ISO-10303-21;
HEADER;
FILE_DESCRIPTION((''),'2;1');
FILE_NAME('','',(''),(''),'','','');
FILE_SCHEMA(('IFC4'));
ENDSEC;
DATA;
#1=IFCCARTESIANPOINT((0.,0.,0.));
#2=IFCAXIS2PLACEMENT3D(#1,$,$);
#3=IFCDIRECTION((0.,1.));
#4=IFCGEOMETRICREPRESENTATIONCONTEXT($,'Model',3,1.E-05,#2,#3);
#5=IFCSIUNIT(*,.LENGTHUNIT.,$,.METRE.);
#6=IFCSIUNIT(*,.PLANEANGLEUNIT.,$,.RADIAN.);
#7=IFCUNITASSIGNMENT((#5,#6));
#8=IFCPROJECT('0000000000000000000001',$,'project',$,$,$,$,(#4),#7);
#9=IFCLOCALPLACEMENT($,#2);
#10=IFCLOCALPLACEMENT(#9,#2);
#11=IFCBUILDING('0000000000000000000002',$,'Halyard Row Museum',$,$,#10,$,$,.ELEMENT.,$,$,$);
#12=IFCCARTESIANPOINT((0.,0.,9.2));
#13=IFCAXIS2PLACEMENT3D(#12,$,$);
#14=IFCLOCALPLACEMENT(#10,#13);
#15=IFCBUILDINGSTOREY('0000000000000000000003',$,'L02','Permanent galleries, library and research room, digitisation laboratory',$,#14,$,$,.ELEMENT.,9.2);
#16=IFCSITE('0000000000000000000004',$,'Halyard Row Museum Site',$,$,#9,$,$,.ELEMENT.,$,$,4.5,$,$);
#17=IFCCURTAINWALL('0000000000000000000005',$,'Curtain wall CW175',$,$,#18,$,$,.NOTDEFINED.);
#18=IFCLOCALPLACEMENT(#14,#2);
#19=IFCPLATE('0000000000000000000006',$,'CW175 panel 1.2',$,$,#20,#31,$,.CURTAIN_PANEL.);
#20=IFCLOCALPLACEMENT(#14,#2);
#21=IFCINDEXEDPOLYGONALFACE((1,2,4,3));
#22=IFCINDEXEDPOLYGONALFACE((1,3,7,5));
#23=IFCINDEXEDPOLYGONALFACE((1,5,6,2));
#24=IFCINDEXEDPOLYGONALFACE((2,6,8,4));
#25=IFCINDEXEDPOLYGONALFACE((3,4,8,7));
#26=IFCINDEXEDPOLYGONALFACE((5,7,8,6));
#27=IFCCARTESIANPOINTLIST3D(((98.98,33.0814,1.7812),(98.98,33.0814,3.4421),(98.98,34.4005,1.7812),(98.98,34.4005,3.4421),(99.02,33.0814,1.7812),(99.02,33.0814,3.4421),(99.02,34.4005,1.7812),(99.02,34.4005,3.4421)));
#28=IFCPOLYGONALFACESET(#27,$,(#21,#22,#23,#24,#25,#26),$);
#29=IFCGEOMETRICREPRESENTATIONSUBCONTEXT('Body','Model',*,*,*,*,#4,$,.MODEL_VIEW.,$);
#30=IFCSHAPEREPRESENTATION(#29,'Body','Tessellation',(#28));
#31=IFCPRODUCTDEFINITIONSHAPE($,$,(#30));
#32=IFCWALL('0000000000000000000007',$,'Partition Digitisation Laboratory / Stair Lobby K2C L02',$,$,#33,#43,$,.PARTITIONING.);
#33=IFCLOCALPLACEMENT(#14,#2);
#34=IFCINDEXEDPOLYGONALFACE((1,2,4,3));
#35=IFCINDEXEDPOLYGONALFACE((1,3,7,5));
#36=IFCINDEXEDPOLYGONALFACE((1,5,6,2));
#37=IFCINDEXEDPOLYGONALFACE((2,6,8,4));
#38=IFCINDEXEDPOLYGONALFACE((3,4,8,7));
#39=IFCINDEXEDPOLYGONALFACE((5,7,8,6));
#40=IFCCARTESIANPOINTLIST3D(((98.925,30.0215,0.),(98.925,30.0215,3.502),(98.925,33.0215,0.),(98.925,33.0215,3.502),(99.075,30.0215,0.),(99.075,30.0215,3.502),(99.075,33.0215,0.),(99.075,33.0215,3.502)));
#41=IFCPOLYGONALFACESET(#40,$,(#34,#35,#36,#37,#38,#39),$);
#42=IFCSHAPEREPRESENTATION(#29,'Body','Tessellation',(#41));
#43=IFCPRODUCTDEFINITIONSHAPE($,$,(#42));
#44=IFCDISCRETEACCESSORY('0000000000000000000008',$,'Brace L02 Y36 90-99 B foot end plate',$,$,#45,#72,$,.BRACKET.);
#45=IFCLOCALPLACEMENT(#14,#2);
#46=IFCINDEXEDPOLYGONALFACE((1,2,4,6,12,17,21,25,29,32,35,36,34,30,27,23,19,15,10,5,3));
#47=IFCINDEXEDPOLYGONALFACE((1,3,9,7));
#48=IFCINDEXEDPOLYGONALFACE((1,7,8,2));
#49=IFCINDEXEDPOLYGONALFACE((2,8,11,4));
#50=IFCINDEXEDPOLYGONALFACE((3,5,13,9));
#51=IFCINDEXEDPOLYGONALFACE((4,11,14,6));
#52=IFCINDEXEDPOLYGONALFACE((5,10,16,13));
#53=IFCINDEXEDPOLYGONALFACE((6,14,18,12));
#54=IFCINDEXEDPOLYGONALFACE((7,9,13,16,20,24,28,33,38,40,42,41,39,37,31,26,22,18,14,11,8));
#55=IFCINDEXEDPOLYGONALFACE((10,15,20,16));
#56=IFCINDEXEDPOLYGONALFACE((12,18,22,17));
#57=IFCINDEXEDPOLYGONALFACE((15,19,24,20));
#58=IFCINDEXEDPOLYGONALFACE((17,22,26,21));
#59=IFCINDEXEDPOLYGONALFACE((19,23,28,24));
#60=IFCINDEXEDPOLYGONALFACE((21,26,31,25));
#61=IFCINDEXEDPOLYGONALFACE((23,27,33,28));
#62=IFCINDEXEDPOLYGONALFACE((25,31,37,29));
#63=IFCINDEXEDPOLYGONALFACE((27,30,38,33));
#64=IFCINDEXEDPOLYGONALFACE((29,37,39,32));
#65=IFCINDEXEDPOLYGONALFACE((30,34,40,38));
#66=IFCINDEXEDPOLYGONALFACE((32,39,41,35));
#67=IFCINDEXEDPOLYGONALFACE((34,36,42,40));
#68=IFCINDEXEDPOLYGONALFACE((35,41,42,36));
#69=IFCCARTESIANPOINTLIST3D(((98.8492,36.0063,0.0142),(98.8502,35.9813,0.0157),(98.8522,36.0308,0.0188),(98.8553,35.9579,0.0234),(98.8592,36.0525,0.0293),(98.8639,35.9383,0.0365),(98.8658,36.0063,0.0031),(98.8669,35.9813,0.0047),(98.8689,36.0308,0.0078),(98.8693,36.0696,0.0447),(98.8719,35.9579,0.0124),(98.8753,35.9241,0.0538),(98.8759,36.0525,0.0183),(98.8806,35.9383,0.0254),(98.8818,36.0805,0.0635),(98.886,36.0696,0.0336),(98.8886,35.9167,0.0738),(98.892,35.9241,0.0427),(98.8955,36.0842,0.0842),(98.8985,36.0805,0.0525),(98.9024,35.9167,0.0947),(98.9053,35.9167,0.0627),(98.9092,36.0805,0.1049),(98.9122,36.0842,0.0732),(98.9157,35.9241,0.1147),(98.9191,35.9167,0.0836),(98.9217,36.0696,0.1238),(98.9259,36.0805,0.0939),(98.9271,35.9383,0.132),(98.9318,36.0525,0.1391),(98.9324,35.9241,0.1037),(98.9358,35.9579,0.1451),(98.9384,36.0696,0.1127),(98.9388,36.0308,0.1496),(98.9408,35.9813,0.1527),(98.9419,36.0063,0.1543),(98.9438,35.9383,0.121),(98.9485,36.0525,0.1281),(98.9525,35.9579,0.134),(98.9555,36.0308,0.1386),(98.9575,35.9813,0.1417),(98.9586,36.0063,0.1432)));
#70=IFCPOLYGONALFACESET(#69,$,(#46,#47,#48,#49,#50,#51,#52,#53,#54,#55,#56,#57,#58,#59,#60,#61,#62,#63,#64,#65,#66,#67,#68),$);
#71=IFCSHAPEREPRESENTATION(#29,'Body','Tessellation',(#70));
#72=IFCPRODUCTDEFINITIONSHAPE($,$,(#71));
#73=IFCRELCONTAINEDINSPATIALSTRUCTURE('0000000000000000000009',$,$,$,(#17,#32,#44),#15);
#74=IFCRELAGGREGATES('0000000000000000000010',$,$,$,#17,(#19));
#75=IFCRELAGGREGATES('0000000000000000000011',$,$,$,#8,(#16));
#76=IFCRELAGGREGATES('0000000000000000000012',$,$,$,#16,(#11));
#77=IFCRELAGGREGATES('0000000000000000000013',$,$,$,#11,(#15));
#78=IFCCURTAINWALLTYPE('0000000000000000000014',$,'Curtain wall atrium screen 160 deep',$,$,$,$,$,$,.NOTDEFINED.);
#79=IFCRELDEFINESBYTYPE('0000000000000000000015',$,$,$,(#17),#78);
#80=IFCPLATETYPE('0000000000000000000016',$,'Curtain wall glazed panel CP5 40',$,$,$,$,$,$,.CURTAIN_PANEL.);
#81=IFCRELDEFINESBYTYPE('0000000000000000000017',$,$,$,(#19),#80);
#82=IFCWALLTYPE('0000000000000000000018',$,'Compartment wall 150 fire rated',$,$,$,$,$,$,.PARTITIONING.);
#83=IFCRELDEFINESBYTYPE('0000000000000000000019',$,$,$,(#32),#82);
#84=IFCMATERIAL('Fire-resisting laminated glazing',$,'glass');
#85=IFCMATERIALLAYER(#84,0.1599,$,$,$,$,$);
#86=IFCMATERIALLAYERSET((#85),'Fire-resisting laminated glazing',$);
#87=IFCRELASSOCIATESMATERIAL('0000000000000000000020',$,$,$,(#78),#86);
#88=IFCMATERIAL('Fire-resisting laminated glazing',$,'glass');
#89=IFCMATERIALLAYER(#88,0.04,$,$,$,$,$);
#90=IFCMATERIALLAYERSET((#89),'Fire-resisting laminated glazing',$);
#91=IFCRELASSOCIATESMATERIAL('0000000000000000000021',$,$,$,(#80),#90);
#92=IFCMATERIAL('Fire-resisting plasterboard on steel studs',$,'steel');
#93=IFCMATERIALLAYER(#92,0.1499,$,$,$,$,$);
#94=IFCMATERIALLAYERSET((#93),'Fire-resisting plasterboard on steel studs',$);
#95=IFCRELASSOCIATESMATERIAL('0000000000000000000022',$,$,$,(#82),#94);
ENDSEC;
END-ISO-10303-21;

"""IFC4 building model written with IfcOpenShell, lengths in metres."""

from ifc_helpers import new_model, si_unit, direction, frame, frame_2d, origin, origin_2d, place, context, subcontext, project, spatial, rectangle, circle, extrude, material, layer, layer_set, type_object, element, aggregate, save


model = new_model("IFC4")

# Units and contexts
model_context = context("Model", 3, precision=1e-05, world=origin(), true_north=direction((0.0, 1.0)))
body_context = subcontext(model_context, "Body", "Model", "MODEL_VIEW")
ifc_project = project(units=[si_unit("LENGTHUNIT", "METRE"), si_unit("PLANEANGLEUNIT", "RADIAN")], contexts=[model_context])

# Site, building, storey
site_placement = place(None, origin())
site = spatial("IfcSite", under=ifc_project, at=site_placement, Name="Halyard Row Museum Site", CompositionType="ELEMENT", RefElevation=4.5)
building_placement = place(site_placement, origin())
building = spatial("IfcBuilding", under=site, at=building_placement, Name="Halyard Row Museum", CompositionType="ELEMENT")
storey_placement = place(building_placement, frame((0.0, 0.0, 9.2)))
storey = spatial("IfcBuildingStorey", under=building, at=storey_placement, Name="L02", Description="Permanent galleries, library and research room, digitisation laboratory", CompositionType="ELEMENT", Elevation=9.2)

# Shared definitions
ifc_material_1 = material(Name="Fire-resisting laminated glazing", Category="glass")
ifc_layer_1 = layer(ifc_material_1, 0.1599)
ifc_layer_set_1 = layer_set([ifc_layer_1], Name="Fire-resisting laminated glazing")
curtain_wall_type = type_object("IfcCurtainWallType", Name="Curtain wall atrium screen 160 deep", PredefinedType="NOTDEFINED", material=ifc_layer_set_1)

# Curtain wall
curtain_wall_1_placement = place(storey_placement, origin())
curtain_wall_1 = element("IfcCurtainWall", 1, at=curtain_wall_1_placement, inside=storey, type_object=curtain_wall_type, Name="Curtain wall CW175", PredefinedType="NOTDEFINED")

# Plate
ifc_material_2 = material(Name="Fire-resisting laminated glazing", Category="glass")
ifc_layer_2 = layer(ifc_material_2, 0.04)
ifc_layer_set_2 = layer_set([ifc_layer_2], Name="Fire-resisting laminated glazing")
plate_type = type_object("IfcPlateType", Name="Curtain wall glazed panel CP5 40", PredefinedType="CURTAIN_PANEL", material=ifc_layer_set_2)
plate_1_placement = place(storey_placement, frame((99.0, 33.741, 1.7812), z_axis=(0.0, 0.0, 1.0), x_axis=(0.0, 1.0, 0.0)))
plate_1 = element("IfcPlate", 2, at=plate_1_placement, type_object=plate_type, Name="CW175 panel 1.2", PredefinedType="CURTAIN_PANEL", context=body_context, shape_type="SweptSolid", body=[
    extrude(rectangle(XDim=1.3191, YDim=0.04, at=origin_2d()), origin(), (0.0, 0.0, 1.0), 1.6609),
])
aggregate(curtain_wall_1, [plate_1])

# Wall
ifc_material_3 = material(Name="Fire-resisting plasterboard on steel studs", Category="steel")
ifc_layer_3 = layer(ifc_material_3, 0.1499)
ifc_layer_set_3 = layer_set([ifc_layer_3], Name="Fire-resisting plasterboard on steel studs")
wall_type = type_object("IfcWallType", Name="Compartment wall 150 fire rated", PredefinedType="PARTITIONING", material=ifc_layer_set_3)
wall_placement = place(storey_placement, frame((99.0, 30.0215, 0.0), z_axis=(0.0, 0.0, 1.0), x_axis=(0.0, 1.0, 0.0)))
element("IfcWall", 3, at=wall_placement, inside=storey, type_object=wall_type, Name="Partition Digitisation Laboratory / Stair Lobby K2C L02", PredefinedType="PARTITIONING", context=body_context, shape_type="SweptSolid", body=[
    extrude(rectangle(XDim=3.0, YDim=0.1499, at=frame_2d((1.5, 0.0))), origin(), (0.0, 0.0, 1.0), 3.502),
])

# Discrete accessory
discrete_accessory_placement = place(storey_placement, frame((98.8955, 36.0, 0.0842), z_axis=(0.833932, 0.0, -0.551867), x_axis=(0.0, 1.0, 0.0)))
element("IfcDiscreteAccessory", 4, at=discrete_accessory_placement, inside=storey, Name="Brace L02 Y36 90-99 B foot end plate", PredefinedType="BRACKET", context=body_context, shape_type="SweptSolid", body=[
    extrude(circle(Radius=0.0842, at=origin_2d()), origin(), (0.0, 0.0, 1.0), 0.02),
])

save(model, "model.ifc")
